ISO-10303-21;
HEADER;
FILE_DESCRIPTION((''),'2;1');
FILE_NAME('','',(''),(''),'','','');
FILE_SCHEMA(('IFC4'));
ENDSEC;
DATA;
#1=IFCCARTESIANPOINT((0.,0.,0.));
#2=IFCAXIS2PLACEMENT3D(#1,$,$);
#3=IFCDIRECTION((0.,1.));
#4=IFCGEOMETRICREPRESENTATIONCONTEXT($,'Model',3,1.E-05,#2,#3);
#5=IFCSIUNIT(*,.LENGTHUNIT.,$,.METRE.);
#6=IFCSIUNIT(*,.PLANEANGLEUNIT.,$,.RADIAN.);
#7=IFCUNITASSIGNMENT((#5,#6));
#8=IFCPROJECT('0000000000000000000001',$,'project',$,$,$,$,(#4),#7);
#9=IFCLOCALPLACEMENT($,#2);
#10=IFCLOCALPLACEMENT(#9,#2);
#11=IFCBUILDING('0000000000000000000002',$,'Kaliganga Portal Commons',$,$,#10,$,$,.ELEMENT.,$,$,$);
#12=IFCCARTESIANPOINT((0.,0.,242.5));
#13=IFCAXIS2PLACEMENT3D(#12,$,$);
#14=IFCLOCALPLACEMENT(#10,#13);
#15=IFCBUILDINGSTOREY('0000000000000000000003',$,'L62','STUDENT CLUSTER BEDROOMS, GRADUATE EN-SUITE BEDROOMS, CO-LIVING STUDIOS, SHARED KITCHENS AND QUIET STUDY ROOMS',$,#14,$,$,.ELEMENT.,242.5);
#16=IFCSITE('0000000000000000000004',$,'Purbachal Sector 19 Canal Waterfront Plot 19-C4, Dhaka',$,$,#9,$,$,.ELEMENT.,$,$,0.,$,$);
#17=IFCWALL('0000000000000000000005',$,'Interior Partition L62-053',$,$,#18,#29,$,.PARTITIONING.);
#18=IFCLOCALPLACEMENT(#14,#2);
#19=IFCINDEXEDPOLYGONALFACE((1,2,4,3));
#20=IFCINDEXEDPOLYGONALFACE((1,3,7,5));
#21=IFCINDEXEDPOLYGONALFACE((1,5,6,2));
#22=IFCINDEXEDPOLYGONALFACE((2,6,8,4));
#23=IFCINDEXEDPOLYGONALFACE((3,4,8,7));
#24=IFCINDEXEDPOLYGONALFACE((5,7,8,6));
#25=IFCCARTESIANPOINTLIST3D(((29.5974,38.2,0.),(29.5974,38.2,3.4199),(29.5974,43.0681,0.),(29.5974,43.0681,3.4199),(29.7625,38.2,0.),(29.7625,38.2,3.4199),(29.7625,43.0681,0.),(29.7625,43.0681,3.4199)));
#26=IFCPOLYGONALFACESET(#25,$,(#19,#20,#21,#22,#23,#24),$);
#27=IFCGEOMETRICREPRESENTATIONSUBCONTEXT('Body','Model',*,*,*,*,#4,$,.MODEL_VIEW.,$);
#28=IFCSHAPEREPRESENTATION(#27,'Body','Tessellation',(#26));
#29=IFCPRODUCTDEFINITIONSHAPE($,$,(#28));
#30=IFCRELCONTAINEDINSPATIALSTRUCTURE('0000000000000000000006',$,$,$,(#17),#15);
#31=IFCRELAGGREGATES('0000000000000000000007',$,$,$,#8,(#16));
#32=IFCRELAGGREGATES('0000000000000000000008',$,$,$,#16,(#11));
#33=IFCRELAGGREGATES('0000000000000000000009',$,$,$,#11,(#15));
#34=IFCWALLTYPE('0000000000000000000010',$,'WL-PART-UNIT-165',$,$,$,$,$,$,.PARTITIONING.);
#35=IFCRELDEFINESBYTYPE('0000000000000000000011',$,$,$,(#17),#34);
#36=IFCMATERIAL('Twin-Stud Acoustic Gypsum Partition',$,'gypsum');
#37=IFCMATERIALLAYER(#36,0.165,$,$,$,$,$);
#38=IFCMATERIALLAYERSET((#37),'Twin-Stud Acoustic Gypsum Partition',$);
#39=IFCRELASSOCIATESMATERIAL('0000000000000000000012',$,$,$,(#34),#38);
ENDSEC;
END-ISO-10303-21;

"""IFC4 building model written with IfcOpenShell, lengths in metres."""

from ifc_helpers import new_model, si_unit, direction, frame, frame_2d, origin, place, context, subcontext, project, spatial, rectangle, extrude, material, layer, layer_set, type_object, element, save


model = new_model("IFC4")

# Units and contexts
model_context = context("Model", 3, precision=1e-05, world=origin(), true_north=direction((0.0, 1.0)))
body_context = subcontext(model_context, "Body", "Model", "MODEL_VIEW")
ifc_project = project(units=[si_unit("LENGTHUNIT", "METRE"), si_unit("PLANEANGLEUNIT", "RADIAN")], contexts=[model_context])

# Site, building, storey
site_placement = place(None, origin())
site = spatial("IfcSite", under=ifc_project, at=site_placement, Name="Purbachal Sector 19 Canal Waterfront Plot 19-C4, Dhaka", CompositionType="ELEMENT", RefElevation=0.0)
building_placement = place(site_placement, origin())
building = spatial("IfcBuilding", under=site, at=building_placement, Name="Kaliganga Portal Commons", CompositionType="ELEMENT")
storey_placement = place(building_placement, frame((0.0, 0.0, 242.5)))
storey = spatial("IfcBuildingStorey", under=building, at=storey_placement, Name="L62", Description="STUDENT CLUSTER BEDROOMS, GRADUATE EN-SUITE BEDROOMS, CO-LIVING STUDIOS, SHARED KITCHENS AND QUIET STUDY ROOMS", CompositionType="ELEMENT", Elevation=242.5)

# Wall
ifc_material_1 = material(Name="Twin-Stud Acoustic Gypsum Partition", Category="gypsum")
ifc_layer_1 = layer(ifc_material_1, 0.165)
ifc_layer_set_1 = layer_set([ifc_layer_1], Name="Twin-Stud Acoustic Gypsum Partition")
wall_type_1 = type_object("IfcWallType", Name="WL-PART-UNIT-165", PredefinedType="PARTITIONING", material=ifc_layer_set_1)
wall_1_placement = place(storey_placement, frame((29.6799, 38.2, 0.0), z_axis=(0.0, 0.0, 1.0), x_axis=(0.0, 1.0, 0.0)))
element("IfcWall", 1, at=wall_1_placement, inside=storey, type_object=wall_type_1, Name="Interior Partition L62-053", PredefinedType="PARTITIONING", context=body_context, shape_type="SweptSolid", body=[
    extrude(rectangle(XDim=4.8682, YDim=0.165, at=frame_2d((2.4341, 0.0))), origin(), (0.0, 0.0, 1.0), 3.4199),
])

save(model, "model.ifc")
